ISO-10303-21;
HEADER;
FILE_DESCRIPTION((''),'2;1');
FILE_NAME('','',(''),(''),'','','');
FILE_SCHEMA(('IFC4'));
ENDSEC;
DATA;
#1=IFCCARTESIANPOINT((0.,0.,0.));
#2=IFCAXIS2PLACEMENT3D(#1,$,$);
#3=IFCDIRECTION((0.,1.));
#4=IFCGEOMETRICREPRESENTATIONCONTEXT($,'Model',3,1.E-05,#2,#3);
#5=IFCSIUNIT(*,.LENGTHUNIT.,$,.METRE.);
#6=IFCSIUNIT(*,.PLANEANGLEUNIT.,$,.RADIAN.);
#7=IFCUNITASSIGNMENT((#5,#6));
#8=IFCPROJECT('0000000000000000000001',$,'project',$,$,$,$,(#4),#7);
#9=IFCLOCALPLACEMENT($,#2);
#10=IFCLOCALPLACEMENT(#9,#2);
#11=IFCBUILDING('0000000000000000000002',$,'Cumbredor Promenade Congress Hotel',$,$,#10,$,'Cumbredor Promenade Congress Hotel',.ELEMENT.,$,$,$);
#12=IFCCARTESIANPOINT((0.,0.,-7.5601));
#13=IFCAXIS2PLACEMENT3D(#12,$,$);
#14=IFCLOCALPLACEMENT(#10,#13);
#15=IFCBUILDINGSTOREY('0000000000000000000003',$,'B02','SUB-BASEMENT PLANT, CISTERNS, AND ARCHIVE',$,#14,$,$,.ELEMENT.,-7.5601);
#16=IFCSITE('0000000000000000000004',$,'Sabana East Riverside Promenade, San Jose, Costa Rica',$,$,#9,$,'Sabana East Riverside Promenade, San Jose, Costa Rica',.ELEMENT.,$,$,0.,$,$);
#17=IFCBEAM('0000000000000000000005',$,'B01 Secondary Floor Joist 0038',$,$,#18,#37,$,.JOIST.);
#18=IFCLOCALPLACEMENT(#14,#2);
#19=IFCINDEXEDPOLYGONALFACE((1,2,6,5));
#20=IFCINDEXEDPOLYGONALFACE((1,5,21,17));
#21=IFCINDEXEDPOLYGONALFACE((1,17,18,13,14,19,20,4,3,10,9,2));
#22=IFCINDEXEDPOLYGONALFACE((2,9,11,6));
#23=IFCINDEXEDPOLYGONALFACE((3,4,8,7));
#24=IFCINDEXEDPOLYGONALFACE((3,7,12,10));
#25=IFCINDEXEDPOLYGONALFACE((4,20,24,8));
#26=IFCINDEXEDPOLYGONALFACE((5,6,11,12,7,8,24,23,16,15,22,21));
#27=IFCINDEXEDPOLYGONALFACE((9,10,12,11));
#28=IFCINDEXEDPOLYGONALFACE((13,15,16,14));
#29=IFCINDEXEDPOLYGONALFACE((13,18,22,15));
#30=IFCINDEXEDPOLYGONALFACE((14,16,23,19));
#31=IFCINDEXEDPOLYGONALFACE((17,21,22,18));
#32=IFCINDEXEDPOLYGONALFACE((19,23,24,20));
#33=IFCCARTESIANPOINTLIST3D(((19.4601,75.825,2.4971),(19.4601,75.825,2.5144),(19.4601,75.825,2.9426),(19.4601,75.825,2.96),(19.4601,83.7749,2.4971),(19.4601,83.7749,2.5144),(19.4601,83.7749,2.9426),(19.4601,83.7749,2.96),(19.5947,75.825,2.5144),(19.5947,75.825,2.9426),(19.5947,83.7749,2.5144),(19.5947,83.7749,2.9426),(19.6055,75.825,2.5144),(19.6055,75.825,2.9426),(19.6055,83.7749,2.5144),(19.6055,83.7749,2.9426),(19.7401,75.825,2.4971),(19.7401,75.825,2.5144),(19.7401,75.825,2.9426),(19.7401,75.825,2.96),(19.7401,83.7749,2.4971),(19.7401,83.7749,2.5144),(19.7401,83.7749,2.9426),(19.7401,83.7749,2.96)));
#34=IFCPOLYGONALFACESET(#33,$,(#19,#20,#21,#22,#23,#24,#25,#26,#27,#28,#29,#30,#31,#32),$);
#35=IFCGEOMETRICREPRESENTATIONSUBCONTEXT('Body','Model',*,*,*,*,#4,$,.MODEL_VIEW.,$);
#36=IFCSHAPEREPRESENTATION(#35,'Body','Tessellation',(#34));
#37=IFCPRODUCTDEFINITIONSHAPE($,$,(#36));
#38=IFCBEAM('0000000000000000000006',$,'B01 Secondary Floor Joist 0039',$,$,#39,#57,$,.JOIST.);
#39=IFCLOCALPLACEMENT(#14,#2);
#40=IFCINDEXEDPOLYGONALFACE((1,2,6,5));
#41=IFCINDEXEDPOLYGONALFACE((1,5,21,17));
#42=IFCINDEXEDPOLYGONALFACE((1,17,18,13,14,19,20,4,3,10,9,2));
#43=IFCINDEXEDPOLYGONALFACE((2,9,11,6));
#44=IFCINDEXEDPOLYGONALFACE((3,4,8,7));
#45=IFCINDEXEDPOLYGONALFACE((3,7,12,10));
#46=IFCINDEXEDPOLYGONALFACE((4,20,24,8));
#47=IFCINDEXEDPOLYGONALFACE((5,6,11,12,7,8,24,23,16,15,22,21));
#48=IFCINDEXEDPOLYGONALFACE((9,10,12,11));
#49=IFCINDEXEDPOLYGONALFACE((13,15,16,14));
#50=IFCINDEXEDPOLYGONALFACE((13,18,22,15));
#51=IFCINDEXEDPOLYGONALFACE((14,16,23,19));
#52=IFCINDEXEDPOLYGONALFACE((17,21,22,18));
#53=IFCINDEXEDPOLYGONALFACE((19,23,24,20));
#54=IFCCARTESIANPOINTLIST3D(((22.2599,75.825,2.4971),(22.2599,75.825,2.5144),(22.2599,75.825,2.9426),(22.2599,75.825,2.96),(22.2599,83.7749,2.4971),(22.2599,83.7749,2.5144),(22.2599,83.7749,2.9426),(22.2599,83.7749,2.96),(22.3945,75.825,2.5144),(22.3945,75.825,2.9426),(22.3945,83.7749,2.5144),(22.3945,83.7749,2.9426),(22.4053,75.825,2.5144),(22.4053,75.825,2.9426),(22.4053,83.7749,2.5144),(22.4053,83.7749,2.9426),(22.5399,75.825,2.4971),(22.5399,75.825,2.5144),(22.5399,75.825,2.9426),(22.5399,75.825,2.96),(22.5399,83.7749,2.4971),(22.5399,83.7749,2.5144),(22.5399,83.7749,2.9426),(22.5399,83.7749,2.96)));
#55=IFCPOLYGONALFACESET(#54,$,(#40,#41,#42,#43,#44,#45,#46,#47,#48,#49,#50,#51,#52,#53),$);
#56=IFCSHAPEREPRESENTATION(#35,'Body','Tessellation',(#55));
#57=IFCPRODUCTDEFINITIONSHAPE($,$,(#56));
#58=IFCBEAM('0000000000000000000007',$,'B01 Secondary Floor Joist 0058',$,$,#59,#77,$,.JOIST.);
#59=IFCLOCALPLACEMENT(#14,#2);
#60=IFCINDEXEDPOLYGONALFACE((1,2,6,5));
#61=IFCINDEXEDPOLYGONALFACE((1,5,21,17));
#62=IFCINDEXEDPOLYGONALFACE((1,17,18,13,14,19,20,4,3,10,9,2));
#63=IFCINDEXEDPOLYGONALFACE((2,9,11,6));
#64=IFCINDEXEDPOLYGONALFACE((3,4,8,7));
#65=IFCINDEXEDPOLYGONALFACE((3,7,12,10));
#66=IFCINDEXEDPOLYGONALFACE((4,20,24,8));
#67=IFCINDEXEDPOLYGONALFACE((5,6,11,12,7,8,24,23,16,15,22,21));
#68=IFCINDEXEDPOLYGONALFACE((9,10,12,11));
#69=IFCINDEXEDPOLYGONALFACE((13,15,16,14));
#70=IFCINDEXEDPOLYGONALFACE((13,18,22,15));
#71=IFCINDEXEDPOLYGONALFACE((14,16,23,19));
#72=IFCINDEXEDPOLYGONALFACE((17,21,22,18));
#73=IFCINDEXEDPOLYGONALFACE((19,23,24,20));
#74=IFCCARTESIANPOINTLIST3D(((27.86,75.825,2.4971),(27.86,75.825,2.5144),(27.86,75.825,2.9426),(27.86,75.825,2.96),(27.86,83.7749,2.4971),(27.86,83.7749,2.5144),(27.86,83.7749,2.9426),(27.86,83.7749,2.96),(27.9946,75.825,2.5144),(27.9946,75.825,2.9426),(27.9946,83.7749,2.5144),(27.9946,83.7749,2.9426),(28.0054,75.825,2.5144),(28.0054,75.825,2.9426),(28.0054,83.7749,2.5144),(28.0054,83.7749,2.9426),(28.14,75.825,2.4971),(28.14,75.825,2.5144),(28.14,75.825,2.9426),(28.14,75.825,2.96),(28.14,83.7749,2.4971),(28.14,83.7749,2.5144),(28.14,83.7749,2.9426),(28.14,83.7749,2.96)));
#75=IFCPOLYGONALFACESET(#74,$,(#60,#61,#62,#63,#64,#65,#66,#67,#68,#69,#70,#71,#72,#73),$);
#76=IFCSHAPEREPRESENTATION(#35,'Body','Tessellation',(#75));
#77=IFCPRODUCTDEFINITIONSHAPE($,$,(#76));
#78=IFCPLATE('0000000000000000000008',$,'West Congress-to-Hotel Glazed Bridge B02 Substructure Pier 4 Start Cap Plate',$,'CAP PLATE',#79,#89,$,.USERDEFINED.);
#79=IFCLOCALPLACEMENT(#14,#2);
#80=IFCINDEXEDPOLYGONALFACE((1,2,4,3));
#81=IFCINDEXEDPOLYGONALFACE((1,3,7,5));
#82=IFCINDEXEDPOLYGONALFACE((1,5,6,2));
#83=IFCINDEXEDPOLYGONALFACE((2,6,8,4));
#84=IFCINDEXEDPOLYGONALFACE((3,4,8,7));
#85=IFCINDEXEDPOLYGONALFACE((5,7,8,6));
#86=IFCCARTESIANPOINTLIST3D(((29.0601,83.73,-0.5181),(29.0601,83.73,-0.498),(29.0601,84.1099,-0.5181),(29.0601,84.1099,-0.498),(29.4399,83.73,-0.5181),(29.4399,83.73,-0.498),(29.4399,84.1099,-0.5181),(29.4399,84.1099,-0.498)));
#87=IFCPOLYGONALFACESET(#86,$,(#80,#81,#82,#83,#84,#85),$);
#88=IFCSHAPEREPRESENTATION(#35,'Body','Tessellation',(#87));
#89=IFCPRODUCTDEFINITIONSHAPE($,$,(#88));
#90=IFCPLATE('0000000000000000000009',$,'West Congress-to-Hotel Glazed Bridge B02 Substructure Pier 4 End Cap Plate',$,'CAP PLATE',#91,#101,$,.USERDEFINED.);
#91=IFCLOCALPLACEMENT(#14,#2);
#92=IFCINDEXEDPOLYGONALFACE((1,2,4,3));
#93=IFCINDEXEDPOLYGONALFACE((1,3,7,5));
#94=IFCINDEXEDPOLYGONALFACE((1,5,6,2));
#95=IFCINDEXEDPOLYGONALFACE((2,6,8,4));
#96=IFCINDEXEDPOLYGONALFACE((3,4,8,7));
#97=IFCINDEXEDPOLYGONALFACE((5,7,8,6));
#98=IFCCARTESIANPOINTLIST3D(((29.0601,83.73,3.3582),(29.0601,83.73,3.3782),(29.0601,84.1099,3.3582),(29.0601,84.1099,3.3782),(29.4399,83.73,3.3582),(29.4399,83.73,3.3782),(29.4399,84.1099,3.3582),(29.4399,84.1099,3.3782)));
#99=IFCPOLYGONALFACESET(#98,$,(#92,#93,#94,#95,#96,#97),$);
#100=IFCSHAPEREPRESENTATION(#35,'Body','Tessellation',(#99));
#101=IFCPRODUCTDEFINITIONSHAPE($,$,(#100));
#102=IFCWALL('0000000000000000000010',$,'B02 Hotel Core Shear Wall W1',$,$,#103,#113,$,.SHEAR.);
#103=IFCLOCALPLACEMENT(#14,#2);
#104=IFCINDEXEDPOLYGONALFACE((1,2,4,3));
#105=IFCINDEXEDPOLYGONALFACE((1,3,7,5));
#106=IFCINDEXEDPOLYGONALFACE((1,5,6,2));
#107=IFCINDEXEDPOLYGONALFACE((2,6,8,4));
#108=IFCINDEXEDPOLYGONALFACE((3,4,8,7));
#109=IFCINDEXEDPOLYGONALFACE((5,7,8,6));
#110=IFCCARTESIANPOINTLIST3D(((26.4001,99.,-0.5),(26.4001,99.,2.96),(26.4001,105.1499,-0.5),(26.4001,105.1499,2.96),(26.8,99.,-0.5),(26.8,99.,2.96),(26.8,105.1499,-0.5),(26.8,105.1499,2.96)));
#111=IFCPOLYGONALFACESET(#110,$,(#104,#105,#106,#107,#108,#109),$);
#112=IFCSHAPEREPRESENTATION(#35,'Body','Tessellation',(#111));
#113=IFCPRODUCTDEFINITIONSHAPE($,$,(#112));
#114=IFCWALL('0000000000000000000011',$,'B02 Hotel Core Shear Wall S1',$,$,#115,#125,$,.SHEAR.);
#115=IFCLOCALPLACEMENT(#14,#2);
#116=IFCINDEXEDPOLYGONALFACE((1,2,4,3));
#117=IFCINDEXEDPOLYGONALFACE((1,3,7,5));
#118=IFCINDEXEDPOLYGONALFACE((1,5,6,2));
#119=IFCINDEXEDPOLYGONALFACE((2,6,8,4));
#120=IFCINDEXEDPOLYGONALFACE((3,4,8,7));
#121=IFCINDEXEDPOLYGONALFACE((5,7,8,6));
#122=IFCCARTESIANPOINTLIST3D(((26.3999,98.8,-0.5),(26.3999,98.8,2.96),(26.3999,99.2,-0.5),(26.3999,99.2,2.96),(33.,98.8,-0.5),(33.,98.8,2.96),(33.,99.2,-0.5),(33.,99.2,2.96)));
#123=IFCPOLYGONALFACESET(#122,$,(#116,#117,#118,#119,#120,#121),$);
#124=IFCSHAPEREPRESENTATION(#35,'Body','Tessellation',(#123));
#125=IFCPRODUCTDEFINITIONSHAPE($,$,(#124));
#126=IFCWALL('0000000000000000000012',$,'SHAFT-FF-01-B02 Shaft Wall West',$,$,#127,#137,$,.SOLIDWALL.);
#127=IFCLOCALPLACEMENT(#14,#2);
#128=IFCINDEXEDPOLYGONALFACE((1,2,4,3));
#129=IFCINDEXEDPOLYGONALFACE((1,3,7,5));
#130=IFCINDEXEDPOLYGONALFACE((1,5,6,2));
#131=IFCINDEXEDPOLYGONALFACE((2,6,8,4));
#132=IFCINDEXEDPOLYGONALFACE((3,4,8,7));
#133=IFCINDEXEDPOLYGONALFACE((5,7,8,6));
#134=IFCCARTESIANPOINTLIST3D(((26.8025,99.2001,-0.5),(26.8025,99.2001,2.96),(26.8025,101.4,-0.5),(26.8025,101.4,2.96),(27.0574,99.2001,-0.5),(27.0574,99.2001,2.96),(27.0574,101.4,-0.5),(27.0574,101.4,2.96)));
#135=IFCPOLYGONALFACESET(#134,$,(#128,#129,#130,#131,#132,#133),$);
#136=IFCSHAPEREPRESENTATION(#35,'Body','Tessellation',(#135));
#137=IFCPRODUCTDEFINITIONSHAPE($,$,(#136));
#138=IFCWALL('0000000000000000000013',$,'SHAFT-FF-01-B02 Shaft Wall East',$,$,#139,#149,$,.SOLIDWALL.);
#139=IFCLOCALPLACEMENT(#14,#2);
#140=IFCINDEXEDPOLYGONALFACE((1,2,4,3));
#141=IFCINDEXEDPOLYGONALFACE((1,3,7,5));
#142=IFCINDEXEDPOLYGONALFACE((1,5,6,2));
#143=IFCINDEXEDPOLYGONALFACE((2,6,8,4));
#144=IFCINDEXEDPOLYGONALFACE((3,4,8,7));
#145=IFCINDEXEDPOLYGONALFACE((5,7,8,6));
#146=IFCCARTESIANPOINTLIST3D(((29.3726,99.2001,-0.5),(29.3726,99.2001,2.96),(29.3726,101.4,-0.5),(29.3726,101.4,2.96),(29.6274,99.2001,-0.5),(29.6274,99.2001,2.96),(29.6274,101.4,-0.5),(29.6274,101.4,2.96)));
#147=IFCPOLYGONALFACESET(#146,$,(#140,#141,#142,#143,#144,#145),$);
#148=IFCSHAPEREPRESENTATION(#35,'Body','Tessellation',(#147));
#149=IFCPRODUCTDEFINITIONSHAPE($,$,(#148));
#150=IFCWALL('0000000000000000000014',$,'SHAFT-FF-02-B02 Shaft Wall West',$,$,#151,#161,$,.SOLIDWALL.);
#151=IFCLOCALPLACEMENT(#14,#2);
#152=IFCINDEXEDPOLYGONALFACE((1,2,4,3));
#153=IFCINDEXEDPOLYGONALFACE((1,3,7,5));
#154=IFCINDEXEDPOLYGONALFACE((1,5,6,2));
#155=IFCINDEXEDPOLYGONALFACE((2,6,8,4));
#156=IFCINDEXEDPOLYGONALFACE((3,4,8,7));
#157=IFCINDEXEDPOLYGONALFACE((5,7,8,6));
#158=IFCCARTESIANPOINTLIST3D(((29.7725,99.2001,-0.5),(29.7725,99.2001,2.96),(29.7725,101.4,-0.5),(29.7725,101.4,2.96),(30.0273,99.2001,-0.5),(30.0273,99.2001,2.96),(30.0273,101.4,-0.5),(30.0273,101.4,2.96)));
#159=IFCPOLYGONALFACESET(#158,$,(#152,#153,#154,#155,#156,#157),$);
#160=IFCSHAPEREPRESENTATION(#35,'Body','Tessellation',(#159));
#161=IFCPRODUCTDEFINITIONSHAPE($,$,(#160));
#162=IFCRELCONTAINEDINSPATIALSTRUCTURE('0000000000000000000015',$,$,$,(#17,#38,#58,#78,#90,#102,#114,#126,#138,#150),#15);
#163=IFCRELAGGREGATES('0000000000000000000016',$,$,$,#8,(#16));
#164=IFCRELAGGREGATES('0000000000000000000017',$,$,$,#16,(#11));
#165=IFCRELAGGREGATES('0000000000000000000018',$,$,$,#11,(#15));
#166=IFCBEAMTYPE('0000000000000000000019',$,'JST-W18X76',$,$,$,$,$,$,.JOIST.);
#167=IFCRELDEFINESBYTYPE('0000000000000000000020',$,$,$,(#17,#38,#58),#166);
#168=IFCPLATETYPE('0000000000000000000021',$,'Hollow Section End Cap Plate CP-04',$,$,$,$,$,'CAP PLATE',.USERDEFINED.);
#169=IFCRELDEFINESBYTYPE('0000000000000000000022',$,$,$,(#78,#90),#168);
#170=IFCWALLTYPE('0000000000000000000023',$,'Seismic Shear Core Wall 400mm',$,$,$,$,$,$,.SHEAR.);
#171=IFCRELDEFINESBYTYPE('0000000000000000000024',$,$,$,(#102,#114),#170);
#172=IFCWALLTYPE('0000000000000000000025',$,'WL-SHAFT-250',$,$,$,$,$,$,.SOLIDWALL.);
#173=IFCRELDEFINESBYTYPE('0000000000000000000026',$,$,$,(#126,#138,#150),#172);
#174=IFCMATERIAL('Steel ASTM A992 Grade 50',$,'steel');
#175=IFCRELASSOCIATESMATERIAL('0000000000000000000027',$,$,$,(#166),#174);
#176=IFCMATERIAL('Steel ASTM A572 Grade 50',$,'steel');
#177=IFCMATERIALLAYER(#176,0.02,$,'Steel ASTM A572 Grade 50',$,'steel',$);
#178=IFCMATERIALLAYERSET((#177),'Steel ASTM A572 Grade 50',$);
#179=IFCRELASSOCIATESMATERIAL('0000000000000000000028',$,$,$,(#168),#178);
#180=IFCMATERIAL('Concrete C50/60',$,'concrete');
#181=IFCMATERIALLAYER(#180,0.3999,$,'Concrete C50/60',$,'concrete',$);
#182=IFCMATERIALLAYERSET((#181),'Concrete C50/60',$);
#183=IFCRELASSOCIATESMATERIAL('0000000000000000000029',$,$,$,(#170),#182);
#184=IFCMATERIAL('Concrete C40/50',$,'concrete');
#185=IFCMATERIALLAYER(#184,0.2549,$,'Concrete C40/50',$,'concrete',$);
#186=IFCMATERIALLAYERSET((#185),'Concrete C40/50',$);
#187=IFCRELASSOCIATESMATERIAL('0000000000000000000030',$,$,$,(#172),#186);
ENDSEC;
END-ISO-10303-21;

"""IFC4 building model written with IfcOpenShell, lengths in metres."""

from ifc_helpers import new_model, si_unit, direction, frame, frame_2d, origin, origin_2d, place, context, subcontext, project, spatial, rectangle, i_section, extrude, material, layer, layer_set, material_profile, profile_set, type_object, element, save


model = new_model("IFC4")

# Units and contexts
model_context = context("Model", 3, precision=1e-05, world=origin(), true_north=direction((0.0, 1.0)))
body_context = subcontext(model_context, "Body", "Model", "MODEL_VIEW")
ifc_project = project(units=[si_unit("LENGTHUNIT", "METRE"), si_unit("PLANEANGLEUNIT", "RADIAN")], contexts=[model_context])

# Site, building, storey
site_placement = place(None, origin())
site = spatial("IfcSite", under=ifc_project, at=site_placement, Name="Sabana East Riverside Promenade, San Jose, Costa Rica", LongName="Sabana East Riverside Promenade, San Jose, Costa Rica", CompositionType="ELEMENT", RefElevation=0.0)
building_placement = place(site_placement, origin())
building = spatial("IfcBuilding", under=site, at=building_placement, Name="Cumbredor Promenade Congress Hotel", LongName="Cumbredor Promenade Congress Hotel", CompositionType="ELEMENT")
storey_placement = place(building_placement, frame((0.0, 0.0, -7.5601)))
storey = spatial("IfcBuildingStorey", under=building, at=storey_placement, Name="B02", Description="SUB-BASEMENT PLANT, CISTERNS, AND ARCHIVE", CompositionType="ELEMENT", Elevation=-7.5601)

# Shared definitions
ifc_material_1 = material(Name="Concrete C40/50", Category="concrete")

# Shared definitions
ifc_material_2 = material(Name="Concrete C50/60", Category="concrete")

# Beams
ifc_material_3 = material(Name="Steel ASTM A992 Grade 50", Category="steel")
ifc_material_profile_1 = material_profile(ifc_material_3, i_section(OverallWidth=0.28, OverallDepth=0.4629, WebThickness=0.0107, FlangeThickness=0.0173, at=origin_2d()), Name="W18X76")
ifc_profile_set_1 = profile_set([ifc_material_profile_1], Name="Steel ASTM A992 Grade 50")
beam_type_1 = type_object("IfcBeamType", Name="JST-W18X76", PredefinedType="JOIST", material=ifc_profile_set_1)
for number, where, z_axis, x_axis, name in (
    (1, (19.6001, 75.825, 2.7285), (0.0, 1.0, 0.0), (-1.0, 0.0, 0.0), "B01 Secondary Floor Joist 0038"),
    (2, (22.3999, 75.825, 2.7285), (0.0, 1.0, 0.0), (-1.0, 0.0, 0.0), "B01 Secondary Floor Joist 0039"),
    (3, (28.0, 75.825, 2.7285), (0.0, 1.0, 0.0), (-1.0, 0.0, 0.0), "B01 Secondary Floor Joist 0058"),
):
    element("IfcBeam", number, at=place(storey_placement, frame(where, z_axis=z_axis, x_axis=x_axis)), inside=storey, type_object=beam_type_1, Name=name, PredefinedType="JOIST", context=body_context, shape_type="SweptSolid", body=[
        extrude(i_section(OverallWidth=0.28, OverallDepth=0.4629, WebThickness=0.0107, FlangeThickness=0.0173, at=origin_2d()), origin(), (0.0, 0.0, 1.0), 7.95),
    ])

# Plates
ifc_material_4 = material(Name="Steel ASTM A572 Grade 50", Category="steel")
ifc_layer_1 = layer(ifc_material_4, 0.02, Name="Steel ASTM A572 Grade 50", Category="steel")
ifc_layer_set_1 = layer_set([ifc_layer_1], Name="Steel ASTM A572 Grade 50")
plate_type = type_object("IfcPlateType", Name="Hollow Section End Cap Plate CP-04", ElementType="CAP PLATE", PredefinedType="USERDEFINED", material=ifc_layer_set_1)
for number, where, z_axis, x_axis, name in (
    (4, (29.25, 83.9199, -0.5181), (0.0, 0.0, 1.0), (1.0, 0.0, 0.0), "West Congress-to-Hotel Glazed Bridge B02 Substructure Pier 4 Start Cap Plate"),
    (5, (29.25, 83.9199, 3.3582), (0.0, 0.0, 1.0), (1.0, 0.0, 0.0), "West Congress-to-Hotel Glazed Bridge B02 Substructure Pier 4 End Cap Plate"),
):
    element("IfcPlate", number, at=place(storey_placement, frame(where, z_axis=z_axis, x_axis=x_axis)), inside=storey, type_object=plate_type, Name=name, ObjectType="CAP PLATE", PredefinedType="USERDEFINED", context=body_context, shape_type="SweptSolid", body=[
        extrude(rectangle(XDim=0.3799, YDim=0.3799, at=origin_2d()), origin(), (0.0, 0.0, 1.0), 0.02),
    ])

# Walls
ifc_layer_2 = layer(ifc_material_2, 0.3999, Name="Concrete C50/60", Category="concrete")
ifc_layer_set_2 = layer_set([ifc_layer_2], Name="Concrete C50/60")
wall_type_1 = type_object("IfcWallType", Name="Seismic Shear Core Wall 400mm", PredefinedType="SHEAR", material=ifc_layer_set_2)
wall_1_placement = place(storey_placement, frame((26.6001, 99.0, -0.5), z_axis=(0.0, 0.0, 1.0), x_axis=(0.0, 1.0, 0.0)))
element("IfcWall", 6, at=wall_1_placement, inside=storey, type_object=wall_type_1, Name="B02 Hotel Core Shear Wall W1", PredefinedType="SHEAR", context=body_context, shape_type="SweptSolid", body=[
    extrude(rectangle(XDim=6.1499, YDim=0.3999, at=frame_2d((3.075, 0.0))), origin(), (0.0, 0.0, 1.0), 3.46),
])
wall_2_placement = place(storey_placement, frame((26.3999, 99.0, -0.5), z_axis=(0.0, 0.0, 1.0), x_axis=(1.0, 0.0, 0.0)))
element("IfcWall", 7, at=wall_2_placement, inside=storey, type_object=wall_type_1, Name="B02 Hotel Core Shear Wall S1", PredefinedType="SHEAR", context=body_context, shape_type="SweptSolid", body=[
    extrude(rectangle(XDim=6.6001, YDim=0.3999, at=frame_2d((3.3, 0.0))), origin(), (0.0, 0.0, 1.0), 3.46),
])
ifc_layer_3 = layer(ifc_material_1, 0.2549, Name="Concrete C40/50", Category="concrete")
ifc_layer_set_3 = layer_set([ifc_layer_3], Name="Concrete C40/50")
wall_type_2 = type_object("IfcWallType", Name="WL-SHAFT-250", PredefinedType="SOLIDWALL", material=ifc_layer_set_3)
for number, where, z_axis, x_axis, name in (
    (8, (26.9299, 99.2, -0.5), (0.0, 0.0, 1.0), (0.0, 1.0, 0.0), "SHAFT-FF-01-B02 Shaft Wall West"),
    (9, (29.5, 99.2, -0.5), (0.0, 0.0, 1.0), (0.0, 1.0, 0.0), "SHAFT-FF-01-B02 Shaft Wall East"),
    (10, (29.8999, 99.2, -0.5), (0.0, 0.0, 1.0), (0.0, 1.0, 0.0), "SHAFT-FF-02-B02 Shaft Wall West"),
):
    element("IfcWall", number, at=place(storey_placement, frame(where, z_axis=z_axis, x_axis=x_axis)), inside=storey, type_object=wall_type_2, Name=name, PredefinedType="SOLIDWALL", context=body_context, shape_type="SweptSolid", body=[
        extrude(rectangle(XDim=2.2, YDim=0.2549, at=frame_2d((1.1001, 0.0))), origin(), (0.0, 0.0, 1.0), 3.46),
    ])

save(model, "model.ifc")
